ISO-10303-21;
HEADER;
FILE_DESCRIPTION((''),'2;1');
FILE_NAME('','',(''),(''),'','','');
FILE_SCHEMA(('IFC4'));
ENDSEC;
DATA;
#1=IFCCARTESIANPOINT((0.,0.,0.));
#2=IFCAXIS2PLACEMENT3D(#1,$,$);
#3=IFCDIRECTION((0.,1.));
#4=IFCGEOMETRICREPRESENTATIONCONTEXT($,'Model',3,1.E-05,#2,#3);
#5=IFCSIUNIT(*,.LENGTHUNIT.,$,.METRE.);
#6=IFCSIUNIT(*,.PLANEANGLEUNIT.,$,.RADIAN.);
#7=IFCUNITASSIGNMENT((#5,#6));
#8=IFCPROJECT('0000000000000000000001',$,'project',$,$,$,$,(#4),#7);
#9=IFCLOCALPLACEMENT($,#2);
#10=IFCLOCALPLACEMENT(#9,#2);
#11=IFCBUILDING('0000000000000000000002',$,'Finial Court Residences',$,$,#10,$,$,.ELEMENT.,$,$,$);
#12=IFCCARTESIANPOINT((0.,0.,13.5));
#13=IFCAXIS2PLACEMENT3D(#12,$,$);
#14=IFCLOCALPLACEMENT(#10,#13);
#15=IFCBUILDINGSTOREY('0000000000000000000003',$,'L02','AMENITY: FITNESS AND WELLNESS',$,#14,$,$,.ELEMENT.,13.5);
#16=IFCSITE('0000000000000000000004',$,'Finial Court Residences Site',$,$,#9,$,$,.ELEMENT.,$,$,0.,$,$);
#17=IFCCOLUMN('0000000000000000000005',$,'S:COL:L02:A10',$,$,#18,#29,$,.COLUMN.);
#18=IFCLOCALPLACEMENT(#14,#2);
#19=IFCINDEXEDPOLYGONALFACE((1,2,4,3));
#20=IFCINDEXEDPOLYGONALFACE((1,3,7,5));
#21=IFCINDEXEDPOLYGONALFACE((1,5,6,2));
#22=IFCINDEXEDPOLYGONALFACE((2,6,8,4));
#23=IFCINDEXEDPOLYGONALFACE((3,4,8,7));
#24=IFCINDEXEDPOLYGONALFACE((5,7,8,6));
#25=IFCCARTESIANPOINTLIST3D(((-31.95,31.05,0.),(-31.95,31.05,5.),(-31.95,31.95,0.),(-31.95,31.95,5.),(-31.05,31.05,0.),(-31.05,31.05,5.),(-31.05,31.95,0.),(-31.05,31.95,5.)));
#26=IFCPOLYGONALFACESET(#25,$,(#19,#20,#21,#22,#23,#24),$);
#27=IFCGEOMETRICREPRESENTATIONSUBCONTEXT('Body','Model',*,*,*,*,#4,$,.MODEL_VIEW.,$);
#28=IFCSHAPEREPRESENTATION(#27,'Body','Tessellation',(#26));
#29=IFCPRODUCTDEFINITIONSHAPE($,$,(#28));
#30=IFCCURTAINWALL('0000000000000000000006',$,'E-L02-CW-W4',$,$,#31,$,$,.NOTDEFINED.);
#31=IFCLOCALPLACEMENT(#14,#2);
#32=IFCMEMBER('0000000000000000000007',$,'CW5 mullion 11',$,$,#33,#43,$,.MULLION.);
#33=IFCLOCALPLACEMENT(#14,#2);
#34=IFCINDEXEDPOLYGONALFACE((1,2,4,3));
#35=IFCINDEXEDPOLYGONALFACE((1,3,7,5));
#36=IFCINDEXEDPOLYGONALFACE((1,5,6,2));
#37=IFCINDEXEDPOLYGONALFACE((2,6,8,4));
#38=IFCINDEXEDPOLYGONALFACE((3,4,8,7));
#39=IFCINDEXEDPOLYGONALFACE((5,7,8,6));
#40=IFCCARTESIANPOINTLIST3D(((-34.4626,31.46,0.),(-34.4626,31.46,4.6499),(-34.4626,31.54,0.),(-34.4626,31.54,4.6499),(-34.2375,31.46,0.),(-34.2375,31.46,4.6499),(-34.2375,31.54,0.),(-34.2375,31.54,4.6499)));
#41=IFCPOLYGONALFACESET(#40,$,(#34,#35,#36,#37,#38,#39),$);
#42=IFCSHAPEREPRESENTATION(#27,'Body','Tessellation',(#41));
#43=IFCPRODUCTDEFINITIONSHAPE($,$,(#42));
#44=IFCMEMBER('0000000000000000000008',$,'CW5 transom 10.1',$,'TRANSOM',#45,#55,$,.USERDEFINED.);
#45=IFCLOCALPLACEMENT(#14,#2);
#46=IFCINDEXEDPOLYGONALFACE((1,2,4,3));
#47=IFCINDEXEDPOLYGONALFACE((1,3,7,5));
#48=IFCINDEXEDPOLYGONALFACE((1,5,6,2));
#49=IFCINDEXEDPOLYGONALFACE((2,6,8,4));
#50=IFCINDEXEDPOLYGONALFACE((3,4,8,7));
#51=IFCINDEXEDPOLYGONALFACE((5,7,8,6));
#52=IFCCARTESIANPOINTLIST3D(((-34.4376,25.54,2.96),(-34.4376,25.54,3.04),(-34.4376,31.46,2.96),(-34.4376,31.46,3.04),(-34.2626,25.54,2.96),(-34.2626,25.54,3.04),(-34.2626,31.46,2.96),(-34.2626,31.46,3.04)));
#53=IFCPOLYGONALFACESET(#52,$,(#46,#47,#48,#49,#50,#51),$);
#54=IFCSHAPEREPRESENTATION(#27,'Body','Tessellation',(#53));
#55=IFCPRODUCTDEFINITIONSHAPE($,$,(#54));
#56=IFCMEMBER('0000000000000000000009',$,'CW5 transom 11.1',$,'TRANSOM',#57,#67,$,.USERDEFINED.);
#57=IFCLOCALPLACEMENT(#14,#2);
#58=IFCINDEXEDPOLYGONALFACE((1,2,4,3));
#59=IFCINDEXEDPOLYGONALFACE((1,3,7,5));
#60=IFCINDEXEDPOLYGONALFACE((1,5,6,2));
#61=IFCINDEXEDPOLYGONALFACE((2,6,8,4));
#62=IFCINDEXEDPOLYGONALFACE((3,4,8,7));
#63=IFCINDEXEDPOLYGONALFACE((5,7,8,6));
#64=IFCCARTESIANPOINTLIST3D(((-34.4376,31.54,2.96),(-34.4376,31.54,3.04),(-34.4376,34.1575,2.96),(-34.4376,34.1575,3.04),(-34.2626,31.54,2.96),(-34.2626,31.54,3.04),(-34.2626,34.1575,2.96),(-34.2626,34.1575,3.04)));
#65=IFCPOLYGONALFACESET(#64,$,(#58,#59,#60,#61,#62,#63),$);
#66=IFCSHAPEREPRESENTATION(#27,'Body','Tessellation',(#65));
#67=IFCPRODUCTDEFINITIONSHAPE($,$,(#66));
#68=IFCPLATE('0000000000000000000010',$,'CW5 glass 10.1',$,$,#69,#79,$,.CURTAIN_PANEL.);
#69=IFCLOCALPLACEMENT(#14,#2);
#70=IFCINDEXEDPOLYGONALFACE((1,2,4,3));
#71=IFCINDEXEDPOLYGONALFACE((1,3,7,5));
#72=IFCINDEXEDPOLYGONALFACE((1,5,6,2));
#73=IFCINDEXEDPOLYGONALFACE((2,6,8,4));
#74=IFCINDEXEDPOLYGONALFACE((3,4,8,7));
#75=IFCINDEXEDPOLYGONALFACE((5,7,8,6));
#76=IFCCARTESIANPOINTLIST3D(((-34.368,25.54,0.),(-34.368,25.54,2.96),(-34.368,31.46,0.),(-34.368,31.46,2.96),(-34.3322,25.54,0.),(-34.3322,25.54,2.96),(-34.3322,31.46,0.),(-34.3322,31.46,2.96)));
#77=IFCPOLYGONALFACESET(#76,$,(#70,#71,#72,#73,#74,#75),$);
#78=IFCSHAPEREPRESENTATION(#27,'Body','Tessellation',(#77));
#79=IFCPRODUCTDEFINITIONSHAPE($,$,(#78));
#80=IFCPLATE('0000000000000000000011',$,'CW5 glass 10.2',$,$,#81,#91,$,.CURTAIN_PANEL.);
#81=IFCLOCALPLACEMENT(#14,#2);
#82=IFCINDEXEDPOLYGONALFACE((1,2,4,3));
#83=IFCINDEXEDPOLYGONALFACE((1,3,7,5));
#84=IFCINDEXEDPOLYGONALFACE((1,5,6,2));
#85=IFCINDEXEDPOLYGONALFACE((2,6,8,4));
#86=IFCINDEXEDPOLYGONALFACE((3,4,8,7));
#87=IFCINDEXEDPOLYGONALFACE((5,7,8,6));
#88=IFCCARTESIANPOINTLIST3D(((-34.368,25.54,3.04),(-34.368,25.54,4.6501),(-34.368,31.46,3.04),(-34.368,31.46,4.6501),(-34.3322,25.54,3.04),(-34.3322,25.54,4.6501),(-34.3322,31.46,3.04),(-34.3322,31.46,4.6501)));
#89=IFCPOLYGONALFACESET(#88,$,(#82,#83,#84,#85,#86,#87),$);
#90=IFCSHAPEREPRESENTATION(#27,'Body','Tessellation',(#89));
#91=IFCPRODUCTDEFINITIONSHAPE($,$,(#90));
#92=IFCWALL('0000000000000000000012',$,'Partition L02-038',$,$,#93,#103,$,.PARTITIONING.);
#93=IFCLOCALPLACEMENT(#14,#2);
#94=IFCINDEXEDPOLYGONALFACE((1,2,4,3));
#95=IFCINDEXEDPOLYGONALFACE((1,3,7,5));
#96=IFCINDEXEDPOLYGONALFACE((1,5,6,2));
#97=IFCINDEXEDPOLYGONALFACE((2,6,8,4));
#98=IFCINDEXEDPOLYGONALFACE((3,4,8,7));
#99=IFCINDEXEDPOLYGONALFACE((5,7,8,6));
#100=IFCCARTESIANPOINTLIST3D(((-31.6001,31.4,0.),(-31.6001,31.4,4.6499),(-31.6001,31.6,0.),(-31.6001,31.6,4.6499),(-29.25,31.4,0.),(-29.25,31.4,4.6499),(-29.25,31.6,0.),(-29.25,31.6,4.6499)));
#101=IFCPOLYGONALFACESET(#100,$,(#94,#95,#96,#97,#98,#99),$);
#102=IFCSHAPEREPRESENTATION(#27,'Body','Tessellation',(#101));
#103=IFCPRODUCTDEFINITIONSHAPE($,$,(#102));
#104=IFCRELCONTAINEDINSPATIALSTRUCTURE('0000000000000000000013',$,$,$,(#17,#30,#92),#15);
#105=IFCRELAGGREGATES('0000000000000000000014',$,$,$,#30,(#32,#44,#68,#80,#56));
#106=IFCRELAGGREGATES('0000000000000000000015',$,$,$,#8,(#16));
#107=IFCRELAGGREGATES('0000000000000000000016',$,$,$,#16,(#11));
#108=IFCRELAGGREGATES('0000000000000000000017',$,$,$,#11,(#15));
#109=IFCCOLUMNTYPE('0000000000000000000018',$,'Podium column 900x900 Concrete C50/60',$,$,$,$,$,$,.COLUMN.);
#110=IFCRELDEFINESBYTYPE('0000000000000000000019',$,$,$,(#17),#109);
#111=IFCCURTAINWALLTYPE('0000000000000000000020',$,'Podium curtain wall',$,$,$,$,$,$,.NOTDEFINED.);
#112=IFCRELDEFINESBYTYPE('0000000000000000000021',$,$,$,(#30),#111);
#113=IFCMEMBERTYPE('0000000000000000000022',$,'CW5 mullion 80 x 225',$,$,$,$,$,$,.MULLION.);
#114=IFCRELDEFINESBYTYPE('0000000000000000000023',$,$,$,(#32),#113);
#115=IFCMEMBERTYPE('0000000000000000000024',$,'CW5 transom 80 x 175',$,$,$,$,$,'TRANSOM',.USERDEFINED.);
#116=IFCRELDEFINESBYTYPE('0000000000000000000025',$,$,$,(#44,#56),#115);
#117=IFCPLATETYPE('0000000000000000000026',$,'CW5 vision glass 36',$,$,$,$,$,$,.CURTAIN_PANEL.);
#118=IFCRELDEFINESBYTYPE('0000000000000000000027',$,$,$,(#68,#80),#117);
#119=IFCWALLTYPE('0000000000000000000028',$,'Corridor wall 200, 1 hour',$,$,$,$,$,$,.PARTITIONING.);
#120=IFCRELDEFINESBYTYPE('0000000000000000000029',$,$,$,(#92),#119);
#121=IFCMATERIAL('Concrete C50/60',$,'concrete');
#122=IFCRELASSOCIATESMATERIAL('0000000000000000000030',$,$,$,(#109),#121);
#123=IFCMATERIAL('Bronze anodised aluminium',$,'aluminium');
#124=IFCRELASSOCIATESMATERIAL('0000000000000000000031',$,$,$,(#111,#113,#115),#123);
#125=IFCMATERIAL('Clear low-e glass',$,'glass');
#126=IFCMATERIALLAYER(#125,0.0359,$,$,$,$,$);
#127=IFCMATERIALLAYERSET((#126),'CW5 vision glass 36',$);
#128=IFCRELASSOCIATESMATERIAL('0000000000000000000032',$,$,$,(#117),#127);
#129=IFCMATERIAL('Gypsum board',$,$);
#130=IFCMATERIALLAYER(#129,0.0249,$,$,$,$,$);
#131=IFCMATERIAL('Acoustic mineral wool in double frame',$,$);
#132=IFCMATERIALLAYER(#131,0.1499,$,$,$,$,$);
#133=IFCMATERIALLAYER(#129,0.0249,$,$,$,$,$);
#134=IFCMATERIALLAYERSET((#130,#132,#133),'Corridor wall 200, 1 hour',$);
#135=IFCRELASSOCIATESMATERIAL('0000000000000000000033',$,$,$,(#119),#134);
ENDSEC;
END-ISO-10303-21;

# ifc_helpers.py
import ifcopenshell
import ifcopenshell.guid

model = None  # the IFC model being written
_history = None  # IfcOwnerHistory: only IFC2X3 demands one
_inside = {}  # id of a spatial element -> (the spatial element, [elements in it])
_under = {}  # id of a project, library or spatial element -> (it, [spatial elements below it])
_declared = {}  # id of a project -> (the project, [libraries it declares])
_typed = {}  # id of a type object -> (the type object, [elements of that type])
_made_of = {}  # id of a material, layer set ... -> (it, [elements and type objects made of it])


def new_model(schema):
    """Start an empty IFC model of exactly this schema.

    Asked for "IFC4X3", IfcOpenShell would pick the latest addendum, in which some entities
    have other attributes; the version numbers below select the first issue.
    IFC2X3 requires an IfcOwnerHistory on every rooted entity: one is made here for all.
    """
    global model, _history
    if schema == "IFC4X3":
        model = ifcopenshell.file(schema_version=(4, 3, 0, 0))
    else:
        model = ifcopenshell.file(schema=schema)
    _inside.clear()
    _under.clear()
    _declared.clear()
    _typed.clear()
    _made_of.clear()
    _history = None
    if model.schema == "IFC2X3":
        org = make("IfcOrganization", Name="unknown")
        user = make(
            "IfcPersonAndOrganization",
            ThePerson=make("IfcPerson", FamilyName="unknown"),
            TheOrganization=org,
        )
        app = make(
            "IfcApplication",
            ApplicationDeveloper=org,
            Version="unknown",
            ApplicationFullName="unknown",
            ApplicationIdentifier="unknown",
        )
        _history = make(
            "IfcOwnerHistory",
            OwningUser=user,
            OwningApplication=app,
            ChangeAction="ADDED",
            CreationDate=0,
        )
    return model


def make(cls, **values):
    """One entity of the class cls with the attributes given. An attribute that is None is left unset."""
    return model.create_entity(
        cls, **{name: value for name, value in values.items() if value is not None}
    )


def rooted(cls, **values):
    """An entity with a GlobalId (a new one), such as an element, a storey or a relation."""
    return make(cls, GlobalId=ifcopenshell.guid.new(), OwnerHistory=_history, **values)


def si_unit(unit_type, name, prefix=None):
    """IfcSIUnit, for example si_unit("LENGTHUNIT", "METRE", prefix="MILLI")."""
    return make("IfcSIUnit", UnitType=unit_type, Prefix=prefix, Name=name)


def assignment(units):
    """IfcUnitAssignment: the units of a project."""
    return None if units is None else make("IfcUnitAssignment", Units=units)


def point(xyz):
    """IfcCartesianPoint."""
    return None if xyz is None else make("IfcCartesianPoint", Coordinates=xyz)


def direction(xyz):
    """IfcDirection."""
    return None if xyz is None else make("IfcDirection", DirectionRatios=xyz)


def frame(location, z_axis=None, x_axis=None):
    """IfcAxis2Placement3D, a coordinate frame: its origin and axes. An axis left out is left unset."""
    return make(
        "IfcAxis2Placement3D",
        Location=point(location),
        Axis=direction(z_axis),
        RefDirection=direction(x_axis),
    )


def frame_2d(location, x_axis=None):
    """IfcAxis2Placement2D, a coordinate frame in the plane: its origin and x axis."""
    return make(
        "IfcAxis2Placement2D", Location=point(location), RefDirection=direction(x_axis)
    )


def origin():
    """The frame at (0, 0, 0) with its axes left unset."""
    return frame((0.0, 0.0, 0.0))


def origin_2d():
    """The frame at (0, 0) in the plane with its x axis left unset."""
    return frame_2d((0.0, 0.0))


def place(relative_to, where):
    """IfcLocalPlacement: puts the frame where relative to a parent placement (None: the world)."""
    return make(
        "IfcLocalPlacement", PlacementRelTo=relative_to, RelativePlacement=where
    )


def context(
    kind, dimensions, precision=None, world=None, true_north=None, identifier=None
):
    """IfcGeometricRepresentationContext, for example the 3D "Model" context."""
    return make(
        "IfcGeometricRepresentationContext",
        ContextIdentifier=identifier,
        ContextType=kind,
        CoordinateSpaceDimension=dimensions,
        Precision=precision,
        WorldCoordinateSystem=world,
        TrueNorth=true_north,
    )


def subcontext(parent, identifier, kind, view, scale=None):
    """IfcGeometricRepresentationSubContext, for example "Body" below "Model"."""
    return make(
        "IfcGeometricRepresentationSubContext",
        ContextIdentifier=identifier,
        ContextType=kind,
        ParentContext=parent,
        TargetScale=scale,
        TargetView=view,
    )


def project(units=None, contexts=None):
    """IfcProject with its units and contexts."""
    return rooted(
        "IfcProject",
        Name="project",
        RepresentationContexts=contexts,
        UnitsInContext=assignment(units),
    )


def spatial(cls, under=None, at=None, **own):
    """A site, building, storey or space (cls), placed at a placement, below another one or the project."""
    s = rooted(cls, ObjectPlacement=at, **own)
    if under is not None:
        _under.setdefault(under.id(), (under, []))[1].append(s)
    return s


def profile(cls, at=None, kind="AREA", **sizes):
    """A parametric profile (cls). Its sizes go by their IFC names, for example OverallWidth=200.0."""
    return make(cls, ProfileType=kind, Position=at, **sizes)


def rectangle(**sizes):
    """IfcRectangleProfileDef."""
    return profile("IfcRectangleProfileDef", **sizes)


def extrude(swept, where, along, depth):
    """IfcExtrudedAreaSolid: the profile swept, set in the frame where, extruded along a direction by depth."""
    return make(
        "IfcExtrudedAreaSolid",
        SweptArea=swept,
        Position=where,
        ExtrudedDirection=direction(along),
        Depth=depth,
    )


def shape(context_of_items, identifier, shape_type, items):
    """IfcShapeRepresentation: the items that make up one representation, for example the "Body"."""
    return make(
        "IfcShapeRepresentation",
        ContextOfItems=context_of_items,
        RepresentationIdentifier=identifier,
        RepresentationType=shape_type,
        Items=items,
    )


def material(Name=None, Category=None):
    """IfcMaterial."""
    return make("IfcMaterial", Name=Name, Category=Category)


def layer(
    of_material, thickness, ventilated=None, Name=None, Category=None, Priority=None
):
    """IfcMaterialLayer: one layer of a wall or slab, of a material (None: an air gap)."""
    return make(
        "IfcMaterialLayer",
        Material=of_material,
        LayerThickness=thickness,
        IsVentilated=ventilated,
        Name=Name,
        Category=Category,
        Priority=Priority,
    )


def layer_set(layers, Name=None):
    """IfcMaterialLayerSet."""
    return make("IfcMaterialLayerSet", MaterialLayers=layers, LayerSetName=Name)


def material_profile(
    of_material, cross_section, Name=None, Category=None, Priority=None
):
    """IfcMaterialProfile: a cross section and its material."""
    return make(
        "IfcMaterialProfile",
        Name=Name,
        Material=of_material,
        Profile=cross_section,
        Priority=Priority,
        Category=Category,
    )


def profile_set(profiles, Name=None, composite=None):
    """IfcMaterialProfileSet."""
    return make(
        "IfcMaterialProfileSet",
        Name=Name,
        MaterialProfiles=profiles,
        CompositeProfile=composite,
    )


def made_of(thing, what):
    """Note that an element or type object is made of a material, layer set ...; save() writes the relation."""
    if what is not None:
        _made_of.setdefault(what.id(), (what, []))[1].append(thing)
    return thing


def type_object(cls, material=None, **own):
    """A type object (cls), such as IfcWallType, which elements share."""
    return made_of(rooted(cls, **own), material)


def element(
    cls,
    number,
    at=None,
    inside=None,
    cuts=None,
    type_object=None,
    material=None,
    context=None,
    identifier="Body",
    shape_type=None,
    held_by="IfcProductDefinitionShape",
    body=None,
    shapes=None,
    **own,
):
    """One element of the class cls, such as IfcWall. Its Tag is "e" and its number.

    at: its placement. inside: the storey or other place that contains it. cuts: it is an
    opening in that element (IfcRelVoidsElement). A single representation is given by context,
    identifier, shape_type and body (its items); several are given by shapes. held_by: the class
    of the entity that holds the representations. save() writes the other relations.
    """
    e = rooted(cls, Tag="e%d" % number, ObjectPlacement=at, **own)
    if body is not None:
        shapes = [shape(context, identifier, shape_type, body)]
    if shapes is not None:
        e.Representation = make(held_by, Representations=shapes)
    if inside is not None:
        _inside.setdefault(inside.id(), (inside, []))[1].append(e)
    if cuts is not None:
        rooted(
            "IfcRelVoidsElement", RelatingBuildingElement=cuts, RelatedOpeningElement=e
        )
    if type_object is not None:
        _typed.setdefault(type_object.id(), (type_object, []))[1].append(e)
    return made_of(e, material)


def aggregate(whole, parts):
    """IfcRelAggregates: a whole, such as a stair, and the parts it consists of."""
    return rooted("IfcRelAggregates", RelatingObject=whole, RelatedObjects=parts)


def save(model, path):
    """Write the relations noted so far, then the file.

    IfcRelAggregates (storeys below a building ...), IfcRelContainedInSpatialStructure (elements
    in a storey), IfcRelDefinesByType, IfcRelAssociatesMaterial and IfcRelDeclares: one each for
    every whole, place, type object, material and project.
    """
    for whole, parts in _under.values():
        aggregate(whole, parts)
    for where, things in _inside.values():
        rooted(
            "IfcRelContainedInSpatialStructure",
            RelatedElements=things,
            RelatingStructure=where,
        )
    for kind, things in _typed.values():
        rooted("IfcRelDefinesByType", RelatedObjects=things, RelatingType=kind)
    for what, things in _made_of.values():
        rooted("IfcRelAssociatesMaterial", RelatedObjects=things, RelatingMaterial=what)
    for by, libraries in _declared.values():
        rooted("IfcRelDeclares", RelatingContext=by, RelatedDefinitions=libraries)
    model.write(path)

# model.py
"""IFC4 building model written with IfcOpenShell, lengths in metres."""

from ifc_helpers import new_model, si_unit, direction, frame, frame_2d, origin, origin_2d, place, context, subcontext, project, spatial, rectangle, extrude, material, layer, layer_set, material_profile, profile_set, type_object, element, aggregate, save


model = new_model("IFC4")

# Units and contexts
model_context = context("Model", 3, precision=1e-05, world=origin(), true_north=direction((0.0, 1.0)))
body_context = subcontext(model_context, "Body", "Model", "MODEL_VIEW")
ifc_project = project(units=[si_unit("LENGTHUNIT", "METRE"), si_unit("PLANEANGLEUNIT", "RADIAN")], contexts=[model_context])

# Site, building, storey
site_placement = place(None, origin())
site = spatial("IfcSite", under=ifc_project, at=site_placement, Name="Finial Court Residences Site", CompositionType="ELEMENT", RefElevation=0.0)
building_placement = place(site_placement, origin())
building = spatial("IfcBuilding", under=site, at=building_placement, Name="Finial Court Residences", CompositionType="ELEMENT")
storey_placement = place(building_placement, frame((0.0, 0.0, 13.5)))
storey = spatial("IfcBuildingStorey", under=building, at=storey_placement, Name="L02", Description="AMENITY: FITNESS AND WELLNESS", CompositionType="ELEMENT", Elevation=13.5)

# Column
ifc_material_1 = material(Name="Concrete C50/60", Category="concrete")
ifc_material_profile_1 = material_profile(ifc_material_1, rectangle(XDim=0.8999, YDim=0.8999, at=origin_2d()), Name="900x900")
ifc_profile_set_1 = profile_set([ifc_material_profile_1], Name="Concrete C50/60")
column_type = type_object("IfcColumnType", Name="Podium column 900x900 Concrete C50/60", PredefinedType="COLUMN", material=ifc_profile_set_1)
column_placement = place(storey_placement, frame((-31.5, 31.5, 0.0), z_axis=(0.0, 0.0, 1.0), x_axis=(1.0, 0.0, 0.0)))
element("IfcColumn", 1, at=column_placement, inside=storey, type_object=column_type, Name="S:COL:L02:A10", PredefinedType="COLUMN", context=body_context, shape_type="SweptSolid", body=[
    extrude(rectangle(XDim=0.8999, YDim=0.8999, at=origin_2d()), origin(), (0.0, 0.0, 1.0), 5.0),
])

# Curtain wall, members, plates
ifc_material_2 = material(Name="Bronze anodised aluminium", Category="aluminium")
curtain_wall_type = type_object("IfcCurtainWallType", Name="Podium curtain wall", PredefinedType="NOTDEFINED", material=ifc_material_2)
curtain_wall_placement = place(storey_placement, origin())
curtain_wall = element("IfcCurtainWall", 2, at=curtain_wall_placement, inside=storey, type_object=curtain_wall_type, Name="E-L02-CW-W4", PredefinedType="NOTDEFINED")
ifc_material_profile_2 = material_profile(ifc_material_2, rectangle(XDim=0.2251, YDim=0.0801, at=origin_2d()), Name="CW5 mullion 80 x 225")
ifc_profile_set_2 = profile_set([ifc_material_profile_2], Name="Bronze anodised aluminium")
member_type_1 = type_object("IfcMemberType", Name="CW5 mullion 80 x 225", PredefinedType="MULLION", material=ifc_profile_set_2)
member_1_placement = place(storey_placement, frame((-34.3501, 31.5, 0.0), z_axis=(0.0, 0.0, 1.0), x_axis=(-1.0, 0.0, 0.0)))
member_1 = element("IfcMember", 3, at=member_1_placement, type_object=member_type_1, Name="CW5 mullion 11", PredefinedType="MULLION", context=body_context, shape_type="SweptSolid", body=[
    extrude(rectangle(XDim=0.2251, YDim=0.0801, at=origin_2d()), origin(), (0.0, 0.0, 1.0), 4.6499),
])
ifc_material_profile_3 = material_profile(ifc_material_2, rectangle(XDim=0.175, YDim=0.0801, at=origin_2d()), Name="CW5 transom 80 x 175")
ifc_profile_set_3 = profile_set([ifc_material_profile_3], Name="Bronze anodised aluminium")
member_type_2 = type_object("IfcMemberType", Name="CW5 transom 80 x 175", ElementType="TRANSOM", PredefinedType="USERDEFINED", material=ifc_profile_set_3)
member_2_placement = place(storey_placement, frame((-34.3501, 25.54, 3.0), z_axis=(0.0, 1.0, 0.0), x_axis=(-1.0, 0.0, 0.0)))
member_2 = element("IfcMember", 4, at=member_2_placement, type_object=member_type_2, Name="CW5 transom 10.1", ObjectType="TRANSOM", PredefinedType="USERDEFINED", context=body_context, shape_type="SweptSolid", body=[
    extrude(rectangle(XDim=0.175, YDim=0.0801, at=origin_2d()), origin(), (0.0, 0.0, 1.0), 5.9199),
])
member_3_placement = place(storey_placement, frame((-34.3501, 31.54, 3.0), z_axis=(0.0, 1.0, 0.0), x_axis=(-1.0, 0.0, 0.0)))
member_3 = element("IfcMember", 5, at=member_3_placement, type_object=member_type_2, Name="CW5 transom 11.1", ObjectType="TRANSOM", PredefinedType="USERDEFINED", context=body_context, shape_type="SweptSolid", body=[
    extrude(rectangle(XDim=0.175, YDim=0.0801, at=origin_2d()), origin(), (0.0, 0.0, 1.0), 2.6174),
])
ifc_material_3 = material(Name="Clear low-e glass", Category="glass")
ifc_layer_1 = layer(ifc_material_3, 0.0359)
ifc_layer_set_1 = layer_set([ifc_layer_1], Name="CW5 vision glass 36")
plate_type = type_object("IfcPlateType", Name="CW5 vision glass 36", PredefinedType="CURTAIN_PANEL", material=ifc_layer_set_1)
plate_1_placement = place(storey_placement, frame((-34.3501, 28.5, 0.0), z_axis=(0.0, 0.0, 1.0), x_axis=(0.0, 1.0, 0.0)))
plate_1 = element("IfcPlate", 6, at=plate_1_placement, type_object=plate_type, Name="CW5 glass 10.1", PredefinedType="CURTAIN_PANEL", context=body_context, shape_type="SweptSolid", body=[
    extrude(rectangle(XDim=5.9199, YDim=0.0359, at=origin_2d()), origin(), (0.0, 0.0, 1.0), 2.96),
])
plate_2_placement = place(storey_placement, frame((-34.3501, 28.5, 3.04), z_axis=(0.0, 0.0, 1.0), x_axis=(0.0, 1.0, 0.0)))
plate_2 = element("IfcPlate", 7, at=plate_2_placement, type_object=plate_type, Name="CW5 glass 10.2", PredefinedType="CURTAIN_PANEL", context=body_context, shape_type="SweptSolid", body=[
    extrude(rectangle(XDim=5.9199, YDim=0.0359, at=origin_2d()), origin(), (0.0, 0.0, 1.0), 1.6101),
])
aggregate(curtain_wall, [member_1, member_2, plate_1, plate_2, member_3])

# Wall
ifc_material_4 = material(Name="Gypsum board")
ifc_layer_2 = layer(ifc_material_4, 0.0249)
ifc_material_5 = material(Name="Acoustic mineral wool in double frame")
ifc_layer_3 = layer(ifc_material_5, 0.1499)
ifc_layer_4 = layer(ifc_material_4, 0.0249)
ifc_layer_set_2 = layer_set([ifc_layer_2, ifc_layer_3, ifc_layer_4], Name="Corridor wall 200, 1 hour")
wall_type_1 = type_object("IfcWallType", Name="Corridor wall 200, 1 hour", PredefinedType="PARTITIONING", material=ifc_layer_set_2)
wall_1_placement = place(storey_placement, frame((-31.6001, 31.5, 0.0), z_axis=(0.0, 0.0, 1.0), x_axis=(1.0, 0.0, 0.0)))
element("IfcWall", 8, at=wall_1_placement, inside=storey, type_object=wall_type_1, Name="Partition L02-038", PredefinedType="PARTITIONING", context=body_context, shape_type="SweptSolid", body=[
    extrude(rectangle(XDim=2.3501, YDim=0.2, at=frame_2d((1.175, 0.0))), origin(), (0.0, 0.0, 1.0), 4.6499),
])

save(model, "model.ifc")
